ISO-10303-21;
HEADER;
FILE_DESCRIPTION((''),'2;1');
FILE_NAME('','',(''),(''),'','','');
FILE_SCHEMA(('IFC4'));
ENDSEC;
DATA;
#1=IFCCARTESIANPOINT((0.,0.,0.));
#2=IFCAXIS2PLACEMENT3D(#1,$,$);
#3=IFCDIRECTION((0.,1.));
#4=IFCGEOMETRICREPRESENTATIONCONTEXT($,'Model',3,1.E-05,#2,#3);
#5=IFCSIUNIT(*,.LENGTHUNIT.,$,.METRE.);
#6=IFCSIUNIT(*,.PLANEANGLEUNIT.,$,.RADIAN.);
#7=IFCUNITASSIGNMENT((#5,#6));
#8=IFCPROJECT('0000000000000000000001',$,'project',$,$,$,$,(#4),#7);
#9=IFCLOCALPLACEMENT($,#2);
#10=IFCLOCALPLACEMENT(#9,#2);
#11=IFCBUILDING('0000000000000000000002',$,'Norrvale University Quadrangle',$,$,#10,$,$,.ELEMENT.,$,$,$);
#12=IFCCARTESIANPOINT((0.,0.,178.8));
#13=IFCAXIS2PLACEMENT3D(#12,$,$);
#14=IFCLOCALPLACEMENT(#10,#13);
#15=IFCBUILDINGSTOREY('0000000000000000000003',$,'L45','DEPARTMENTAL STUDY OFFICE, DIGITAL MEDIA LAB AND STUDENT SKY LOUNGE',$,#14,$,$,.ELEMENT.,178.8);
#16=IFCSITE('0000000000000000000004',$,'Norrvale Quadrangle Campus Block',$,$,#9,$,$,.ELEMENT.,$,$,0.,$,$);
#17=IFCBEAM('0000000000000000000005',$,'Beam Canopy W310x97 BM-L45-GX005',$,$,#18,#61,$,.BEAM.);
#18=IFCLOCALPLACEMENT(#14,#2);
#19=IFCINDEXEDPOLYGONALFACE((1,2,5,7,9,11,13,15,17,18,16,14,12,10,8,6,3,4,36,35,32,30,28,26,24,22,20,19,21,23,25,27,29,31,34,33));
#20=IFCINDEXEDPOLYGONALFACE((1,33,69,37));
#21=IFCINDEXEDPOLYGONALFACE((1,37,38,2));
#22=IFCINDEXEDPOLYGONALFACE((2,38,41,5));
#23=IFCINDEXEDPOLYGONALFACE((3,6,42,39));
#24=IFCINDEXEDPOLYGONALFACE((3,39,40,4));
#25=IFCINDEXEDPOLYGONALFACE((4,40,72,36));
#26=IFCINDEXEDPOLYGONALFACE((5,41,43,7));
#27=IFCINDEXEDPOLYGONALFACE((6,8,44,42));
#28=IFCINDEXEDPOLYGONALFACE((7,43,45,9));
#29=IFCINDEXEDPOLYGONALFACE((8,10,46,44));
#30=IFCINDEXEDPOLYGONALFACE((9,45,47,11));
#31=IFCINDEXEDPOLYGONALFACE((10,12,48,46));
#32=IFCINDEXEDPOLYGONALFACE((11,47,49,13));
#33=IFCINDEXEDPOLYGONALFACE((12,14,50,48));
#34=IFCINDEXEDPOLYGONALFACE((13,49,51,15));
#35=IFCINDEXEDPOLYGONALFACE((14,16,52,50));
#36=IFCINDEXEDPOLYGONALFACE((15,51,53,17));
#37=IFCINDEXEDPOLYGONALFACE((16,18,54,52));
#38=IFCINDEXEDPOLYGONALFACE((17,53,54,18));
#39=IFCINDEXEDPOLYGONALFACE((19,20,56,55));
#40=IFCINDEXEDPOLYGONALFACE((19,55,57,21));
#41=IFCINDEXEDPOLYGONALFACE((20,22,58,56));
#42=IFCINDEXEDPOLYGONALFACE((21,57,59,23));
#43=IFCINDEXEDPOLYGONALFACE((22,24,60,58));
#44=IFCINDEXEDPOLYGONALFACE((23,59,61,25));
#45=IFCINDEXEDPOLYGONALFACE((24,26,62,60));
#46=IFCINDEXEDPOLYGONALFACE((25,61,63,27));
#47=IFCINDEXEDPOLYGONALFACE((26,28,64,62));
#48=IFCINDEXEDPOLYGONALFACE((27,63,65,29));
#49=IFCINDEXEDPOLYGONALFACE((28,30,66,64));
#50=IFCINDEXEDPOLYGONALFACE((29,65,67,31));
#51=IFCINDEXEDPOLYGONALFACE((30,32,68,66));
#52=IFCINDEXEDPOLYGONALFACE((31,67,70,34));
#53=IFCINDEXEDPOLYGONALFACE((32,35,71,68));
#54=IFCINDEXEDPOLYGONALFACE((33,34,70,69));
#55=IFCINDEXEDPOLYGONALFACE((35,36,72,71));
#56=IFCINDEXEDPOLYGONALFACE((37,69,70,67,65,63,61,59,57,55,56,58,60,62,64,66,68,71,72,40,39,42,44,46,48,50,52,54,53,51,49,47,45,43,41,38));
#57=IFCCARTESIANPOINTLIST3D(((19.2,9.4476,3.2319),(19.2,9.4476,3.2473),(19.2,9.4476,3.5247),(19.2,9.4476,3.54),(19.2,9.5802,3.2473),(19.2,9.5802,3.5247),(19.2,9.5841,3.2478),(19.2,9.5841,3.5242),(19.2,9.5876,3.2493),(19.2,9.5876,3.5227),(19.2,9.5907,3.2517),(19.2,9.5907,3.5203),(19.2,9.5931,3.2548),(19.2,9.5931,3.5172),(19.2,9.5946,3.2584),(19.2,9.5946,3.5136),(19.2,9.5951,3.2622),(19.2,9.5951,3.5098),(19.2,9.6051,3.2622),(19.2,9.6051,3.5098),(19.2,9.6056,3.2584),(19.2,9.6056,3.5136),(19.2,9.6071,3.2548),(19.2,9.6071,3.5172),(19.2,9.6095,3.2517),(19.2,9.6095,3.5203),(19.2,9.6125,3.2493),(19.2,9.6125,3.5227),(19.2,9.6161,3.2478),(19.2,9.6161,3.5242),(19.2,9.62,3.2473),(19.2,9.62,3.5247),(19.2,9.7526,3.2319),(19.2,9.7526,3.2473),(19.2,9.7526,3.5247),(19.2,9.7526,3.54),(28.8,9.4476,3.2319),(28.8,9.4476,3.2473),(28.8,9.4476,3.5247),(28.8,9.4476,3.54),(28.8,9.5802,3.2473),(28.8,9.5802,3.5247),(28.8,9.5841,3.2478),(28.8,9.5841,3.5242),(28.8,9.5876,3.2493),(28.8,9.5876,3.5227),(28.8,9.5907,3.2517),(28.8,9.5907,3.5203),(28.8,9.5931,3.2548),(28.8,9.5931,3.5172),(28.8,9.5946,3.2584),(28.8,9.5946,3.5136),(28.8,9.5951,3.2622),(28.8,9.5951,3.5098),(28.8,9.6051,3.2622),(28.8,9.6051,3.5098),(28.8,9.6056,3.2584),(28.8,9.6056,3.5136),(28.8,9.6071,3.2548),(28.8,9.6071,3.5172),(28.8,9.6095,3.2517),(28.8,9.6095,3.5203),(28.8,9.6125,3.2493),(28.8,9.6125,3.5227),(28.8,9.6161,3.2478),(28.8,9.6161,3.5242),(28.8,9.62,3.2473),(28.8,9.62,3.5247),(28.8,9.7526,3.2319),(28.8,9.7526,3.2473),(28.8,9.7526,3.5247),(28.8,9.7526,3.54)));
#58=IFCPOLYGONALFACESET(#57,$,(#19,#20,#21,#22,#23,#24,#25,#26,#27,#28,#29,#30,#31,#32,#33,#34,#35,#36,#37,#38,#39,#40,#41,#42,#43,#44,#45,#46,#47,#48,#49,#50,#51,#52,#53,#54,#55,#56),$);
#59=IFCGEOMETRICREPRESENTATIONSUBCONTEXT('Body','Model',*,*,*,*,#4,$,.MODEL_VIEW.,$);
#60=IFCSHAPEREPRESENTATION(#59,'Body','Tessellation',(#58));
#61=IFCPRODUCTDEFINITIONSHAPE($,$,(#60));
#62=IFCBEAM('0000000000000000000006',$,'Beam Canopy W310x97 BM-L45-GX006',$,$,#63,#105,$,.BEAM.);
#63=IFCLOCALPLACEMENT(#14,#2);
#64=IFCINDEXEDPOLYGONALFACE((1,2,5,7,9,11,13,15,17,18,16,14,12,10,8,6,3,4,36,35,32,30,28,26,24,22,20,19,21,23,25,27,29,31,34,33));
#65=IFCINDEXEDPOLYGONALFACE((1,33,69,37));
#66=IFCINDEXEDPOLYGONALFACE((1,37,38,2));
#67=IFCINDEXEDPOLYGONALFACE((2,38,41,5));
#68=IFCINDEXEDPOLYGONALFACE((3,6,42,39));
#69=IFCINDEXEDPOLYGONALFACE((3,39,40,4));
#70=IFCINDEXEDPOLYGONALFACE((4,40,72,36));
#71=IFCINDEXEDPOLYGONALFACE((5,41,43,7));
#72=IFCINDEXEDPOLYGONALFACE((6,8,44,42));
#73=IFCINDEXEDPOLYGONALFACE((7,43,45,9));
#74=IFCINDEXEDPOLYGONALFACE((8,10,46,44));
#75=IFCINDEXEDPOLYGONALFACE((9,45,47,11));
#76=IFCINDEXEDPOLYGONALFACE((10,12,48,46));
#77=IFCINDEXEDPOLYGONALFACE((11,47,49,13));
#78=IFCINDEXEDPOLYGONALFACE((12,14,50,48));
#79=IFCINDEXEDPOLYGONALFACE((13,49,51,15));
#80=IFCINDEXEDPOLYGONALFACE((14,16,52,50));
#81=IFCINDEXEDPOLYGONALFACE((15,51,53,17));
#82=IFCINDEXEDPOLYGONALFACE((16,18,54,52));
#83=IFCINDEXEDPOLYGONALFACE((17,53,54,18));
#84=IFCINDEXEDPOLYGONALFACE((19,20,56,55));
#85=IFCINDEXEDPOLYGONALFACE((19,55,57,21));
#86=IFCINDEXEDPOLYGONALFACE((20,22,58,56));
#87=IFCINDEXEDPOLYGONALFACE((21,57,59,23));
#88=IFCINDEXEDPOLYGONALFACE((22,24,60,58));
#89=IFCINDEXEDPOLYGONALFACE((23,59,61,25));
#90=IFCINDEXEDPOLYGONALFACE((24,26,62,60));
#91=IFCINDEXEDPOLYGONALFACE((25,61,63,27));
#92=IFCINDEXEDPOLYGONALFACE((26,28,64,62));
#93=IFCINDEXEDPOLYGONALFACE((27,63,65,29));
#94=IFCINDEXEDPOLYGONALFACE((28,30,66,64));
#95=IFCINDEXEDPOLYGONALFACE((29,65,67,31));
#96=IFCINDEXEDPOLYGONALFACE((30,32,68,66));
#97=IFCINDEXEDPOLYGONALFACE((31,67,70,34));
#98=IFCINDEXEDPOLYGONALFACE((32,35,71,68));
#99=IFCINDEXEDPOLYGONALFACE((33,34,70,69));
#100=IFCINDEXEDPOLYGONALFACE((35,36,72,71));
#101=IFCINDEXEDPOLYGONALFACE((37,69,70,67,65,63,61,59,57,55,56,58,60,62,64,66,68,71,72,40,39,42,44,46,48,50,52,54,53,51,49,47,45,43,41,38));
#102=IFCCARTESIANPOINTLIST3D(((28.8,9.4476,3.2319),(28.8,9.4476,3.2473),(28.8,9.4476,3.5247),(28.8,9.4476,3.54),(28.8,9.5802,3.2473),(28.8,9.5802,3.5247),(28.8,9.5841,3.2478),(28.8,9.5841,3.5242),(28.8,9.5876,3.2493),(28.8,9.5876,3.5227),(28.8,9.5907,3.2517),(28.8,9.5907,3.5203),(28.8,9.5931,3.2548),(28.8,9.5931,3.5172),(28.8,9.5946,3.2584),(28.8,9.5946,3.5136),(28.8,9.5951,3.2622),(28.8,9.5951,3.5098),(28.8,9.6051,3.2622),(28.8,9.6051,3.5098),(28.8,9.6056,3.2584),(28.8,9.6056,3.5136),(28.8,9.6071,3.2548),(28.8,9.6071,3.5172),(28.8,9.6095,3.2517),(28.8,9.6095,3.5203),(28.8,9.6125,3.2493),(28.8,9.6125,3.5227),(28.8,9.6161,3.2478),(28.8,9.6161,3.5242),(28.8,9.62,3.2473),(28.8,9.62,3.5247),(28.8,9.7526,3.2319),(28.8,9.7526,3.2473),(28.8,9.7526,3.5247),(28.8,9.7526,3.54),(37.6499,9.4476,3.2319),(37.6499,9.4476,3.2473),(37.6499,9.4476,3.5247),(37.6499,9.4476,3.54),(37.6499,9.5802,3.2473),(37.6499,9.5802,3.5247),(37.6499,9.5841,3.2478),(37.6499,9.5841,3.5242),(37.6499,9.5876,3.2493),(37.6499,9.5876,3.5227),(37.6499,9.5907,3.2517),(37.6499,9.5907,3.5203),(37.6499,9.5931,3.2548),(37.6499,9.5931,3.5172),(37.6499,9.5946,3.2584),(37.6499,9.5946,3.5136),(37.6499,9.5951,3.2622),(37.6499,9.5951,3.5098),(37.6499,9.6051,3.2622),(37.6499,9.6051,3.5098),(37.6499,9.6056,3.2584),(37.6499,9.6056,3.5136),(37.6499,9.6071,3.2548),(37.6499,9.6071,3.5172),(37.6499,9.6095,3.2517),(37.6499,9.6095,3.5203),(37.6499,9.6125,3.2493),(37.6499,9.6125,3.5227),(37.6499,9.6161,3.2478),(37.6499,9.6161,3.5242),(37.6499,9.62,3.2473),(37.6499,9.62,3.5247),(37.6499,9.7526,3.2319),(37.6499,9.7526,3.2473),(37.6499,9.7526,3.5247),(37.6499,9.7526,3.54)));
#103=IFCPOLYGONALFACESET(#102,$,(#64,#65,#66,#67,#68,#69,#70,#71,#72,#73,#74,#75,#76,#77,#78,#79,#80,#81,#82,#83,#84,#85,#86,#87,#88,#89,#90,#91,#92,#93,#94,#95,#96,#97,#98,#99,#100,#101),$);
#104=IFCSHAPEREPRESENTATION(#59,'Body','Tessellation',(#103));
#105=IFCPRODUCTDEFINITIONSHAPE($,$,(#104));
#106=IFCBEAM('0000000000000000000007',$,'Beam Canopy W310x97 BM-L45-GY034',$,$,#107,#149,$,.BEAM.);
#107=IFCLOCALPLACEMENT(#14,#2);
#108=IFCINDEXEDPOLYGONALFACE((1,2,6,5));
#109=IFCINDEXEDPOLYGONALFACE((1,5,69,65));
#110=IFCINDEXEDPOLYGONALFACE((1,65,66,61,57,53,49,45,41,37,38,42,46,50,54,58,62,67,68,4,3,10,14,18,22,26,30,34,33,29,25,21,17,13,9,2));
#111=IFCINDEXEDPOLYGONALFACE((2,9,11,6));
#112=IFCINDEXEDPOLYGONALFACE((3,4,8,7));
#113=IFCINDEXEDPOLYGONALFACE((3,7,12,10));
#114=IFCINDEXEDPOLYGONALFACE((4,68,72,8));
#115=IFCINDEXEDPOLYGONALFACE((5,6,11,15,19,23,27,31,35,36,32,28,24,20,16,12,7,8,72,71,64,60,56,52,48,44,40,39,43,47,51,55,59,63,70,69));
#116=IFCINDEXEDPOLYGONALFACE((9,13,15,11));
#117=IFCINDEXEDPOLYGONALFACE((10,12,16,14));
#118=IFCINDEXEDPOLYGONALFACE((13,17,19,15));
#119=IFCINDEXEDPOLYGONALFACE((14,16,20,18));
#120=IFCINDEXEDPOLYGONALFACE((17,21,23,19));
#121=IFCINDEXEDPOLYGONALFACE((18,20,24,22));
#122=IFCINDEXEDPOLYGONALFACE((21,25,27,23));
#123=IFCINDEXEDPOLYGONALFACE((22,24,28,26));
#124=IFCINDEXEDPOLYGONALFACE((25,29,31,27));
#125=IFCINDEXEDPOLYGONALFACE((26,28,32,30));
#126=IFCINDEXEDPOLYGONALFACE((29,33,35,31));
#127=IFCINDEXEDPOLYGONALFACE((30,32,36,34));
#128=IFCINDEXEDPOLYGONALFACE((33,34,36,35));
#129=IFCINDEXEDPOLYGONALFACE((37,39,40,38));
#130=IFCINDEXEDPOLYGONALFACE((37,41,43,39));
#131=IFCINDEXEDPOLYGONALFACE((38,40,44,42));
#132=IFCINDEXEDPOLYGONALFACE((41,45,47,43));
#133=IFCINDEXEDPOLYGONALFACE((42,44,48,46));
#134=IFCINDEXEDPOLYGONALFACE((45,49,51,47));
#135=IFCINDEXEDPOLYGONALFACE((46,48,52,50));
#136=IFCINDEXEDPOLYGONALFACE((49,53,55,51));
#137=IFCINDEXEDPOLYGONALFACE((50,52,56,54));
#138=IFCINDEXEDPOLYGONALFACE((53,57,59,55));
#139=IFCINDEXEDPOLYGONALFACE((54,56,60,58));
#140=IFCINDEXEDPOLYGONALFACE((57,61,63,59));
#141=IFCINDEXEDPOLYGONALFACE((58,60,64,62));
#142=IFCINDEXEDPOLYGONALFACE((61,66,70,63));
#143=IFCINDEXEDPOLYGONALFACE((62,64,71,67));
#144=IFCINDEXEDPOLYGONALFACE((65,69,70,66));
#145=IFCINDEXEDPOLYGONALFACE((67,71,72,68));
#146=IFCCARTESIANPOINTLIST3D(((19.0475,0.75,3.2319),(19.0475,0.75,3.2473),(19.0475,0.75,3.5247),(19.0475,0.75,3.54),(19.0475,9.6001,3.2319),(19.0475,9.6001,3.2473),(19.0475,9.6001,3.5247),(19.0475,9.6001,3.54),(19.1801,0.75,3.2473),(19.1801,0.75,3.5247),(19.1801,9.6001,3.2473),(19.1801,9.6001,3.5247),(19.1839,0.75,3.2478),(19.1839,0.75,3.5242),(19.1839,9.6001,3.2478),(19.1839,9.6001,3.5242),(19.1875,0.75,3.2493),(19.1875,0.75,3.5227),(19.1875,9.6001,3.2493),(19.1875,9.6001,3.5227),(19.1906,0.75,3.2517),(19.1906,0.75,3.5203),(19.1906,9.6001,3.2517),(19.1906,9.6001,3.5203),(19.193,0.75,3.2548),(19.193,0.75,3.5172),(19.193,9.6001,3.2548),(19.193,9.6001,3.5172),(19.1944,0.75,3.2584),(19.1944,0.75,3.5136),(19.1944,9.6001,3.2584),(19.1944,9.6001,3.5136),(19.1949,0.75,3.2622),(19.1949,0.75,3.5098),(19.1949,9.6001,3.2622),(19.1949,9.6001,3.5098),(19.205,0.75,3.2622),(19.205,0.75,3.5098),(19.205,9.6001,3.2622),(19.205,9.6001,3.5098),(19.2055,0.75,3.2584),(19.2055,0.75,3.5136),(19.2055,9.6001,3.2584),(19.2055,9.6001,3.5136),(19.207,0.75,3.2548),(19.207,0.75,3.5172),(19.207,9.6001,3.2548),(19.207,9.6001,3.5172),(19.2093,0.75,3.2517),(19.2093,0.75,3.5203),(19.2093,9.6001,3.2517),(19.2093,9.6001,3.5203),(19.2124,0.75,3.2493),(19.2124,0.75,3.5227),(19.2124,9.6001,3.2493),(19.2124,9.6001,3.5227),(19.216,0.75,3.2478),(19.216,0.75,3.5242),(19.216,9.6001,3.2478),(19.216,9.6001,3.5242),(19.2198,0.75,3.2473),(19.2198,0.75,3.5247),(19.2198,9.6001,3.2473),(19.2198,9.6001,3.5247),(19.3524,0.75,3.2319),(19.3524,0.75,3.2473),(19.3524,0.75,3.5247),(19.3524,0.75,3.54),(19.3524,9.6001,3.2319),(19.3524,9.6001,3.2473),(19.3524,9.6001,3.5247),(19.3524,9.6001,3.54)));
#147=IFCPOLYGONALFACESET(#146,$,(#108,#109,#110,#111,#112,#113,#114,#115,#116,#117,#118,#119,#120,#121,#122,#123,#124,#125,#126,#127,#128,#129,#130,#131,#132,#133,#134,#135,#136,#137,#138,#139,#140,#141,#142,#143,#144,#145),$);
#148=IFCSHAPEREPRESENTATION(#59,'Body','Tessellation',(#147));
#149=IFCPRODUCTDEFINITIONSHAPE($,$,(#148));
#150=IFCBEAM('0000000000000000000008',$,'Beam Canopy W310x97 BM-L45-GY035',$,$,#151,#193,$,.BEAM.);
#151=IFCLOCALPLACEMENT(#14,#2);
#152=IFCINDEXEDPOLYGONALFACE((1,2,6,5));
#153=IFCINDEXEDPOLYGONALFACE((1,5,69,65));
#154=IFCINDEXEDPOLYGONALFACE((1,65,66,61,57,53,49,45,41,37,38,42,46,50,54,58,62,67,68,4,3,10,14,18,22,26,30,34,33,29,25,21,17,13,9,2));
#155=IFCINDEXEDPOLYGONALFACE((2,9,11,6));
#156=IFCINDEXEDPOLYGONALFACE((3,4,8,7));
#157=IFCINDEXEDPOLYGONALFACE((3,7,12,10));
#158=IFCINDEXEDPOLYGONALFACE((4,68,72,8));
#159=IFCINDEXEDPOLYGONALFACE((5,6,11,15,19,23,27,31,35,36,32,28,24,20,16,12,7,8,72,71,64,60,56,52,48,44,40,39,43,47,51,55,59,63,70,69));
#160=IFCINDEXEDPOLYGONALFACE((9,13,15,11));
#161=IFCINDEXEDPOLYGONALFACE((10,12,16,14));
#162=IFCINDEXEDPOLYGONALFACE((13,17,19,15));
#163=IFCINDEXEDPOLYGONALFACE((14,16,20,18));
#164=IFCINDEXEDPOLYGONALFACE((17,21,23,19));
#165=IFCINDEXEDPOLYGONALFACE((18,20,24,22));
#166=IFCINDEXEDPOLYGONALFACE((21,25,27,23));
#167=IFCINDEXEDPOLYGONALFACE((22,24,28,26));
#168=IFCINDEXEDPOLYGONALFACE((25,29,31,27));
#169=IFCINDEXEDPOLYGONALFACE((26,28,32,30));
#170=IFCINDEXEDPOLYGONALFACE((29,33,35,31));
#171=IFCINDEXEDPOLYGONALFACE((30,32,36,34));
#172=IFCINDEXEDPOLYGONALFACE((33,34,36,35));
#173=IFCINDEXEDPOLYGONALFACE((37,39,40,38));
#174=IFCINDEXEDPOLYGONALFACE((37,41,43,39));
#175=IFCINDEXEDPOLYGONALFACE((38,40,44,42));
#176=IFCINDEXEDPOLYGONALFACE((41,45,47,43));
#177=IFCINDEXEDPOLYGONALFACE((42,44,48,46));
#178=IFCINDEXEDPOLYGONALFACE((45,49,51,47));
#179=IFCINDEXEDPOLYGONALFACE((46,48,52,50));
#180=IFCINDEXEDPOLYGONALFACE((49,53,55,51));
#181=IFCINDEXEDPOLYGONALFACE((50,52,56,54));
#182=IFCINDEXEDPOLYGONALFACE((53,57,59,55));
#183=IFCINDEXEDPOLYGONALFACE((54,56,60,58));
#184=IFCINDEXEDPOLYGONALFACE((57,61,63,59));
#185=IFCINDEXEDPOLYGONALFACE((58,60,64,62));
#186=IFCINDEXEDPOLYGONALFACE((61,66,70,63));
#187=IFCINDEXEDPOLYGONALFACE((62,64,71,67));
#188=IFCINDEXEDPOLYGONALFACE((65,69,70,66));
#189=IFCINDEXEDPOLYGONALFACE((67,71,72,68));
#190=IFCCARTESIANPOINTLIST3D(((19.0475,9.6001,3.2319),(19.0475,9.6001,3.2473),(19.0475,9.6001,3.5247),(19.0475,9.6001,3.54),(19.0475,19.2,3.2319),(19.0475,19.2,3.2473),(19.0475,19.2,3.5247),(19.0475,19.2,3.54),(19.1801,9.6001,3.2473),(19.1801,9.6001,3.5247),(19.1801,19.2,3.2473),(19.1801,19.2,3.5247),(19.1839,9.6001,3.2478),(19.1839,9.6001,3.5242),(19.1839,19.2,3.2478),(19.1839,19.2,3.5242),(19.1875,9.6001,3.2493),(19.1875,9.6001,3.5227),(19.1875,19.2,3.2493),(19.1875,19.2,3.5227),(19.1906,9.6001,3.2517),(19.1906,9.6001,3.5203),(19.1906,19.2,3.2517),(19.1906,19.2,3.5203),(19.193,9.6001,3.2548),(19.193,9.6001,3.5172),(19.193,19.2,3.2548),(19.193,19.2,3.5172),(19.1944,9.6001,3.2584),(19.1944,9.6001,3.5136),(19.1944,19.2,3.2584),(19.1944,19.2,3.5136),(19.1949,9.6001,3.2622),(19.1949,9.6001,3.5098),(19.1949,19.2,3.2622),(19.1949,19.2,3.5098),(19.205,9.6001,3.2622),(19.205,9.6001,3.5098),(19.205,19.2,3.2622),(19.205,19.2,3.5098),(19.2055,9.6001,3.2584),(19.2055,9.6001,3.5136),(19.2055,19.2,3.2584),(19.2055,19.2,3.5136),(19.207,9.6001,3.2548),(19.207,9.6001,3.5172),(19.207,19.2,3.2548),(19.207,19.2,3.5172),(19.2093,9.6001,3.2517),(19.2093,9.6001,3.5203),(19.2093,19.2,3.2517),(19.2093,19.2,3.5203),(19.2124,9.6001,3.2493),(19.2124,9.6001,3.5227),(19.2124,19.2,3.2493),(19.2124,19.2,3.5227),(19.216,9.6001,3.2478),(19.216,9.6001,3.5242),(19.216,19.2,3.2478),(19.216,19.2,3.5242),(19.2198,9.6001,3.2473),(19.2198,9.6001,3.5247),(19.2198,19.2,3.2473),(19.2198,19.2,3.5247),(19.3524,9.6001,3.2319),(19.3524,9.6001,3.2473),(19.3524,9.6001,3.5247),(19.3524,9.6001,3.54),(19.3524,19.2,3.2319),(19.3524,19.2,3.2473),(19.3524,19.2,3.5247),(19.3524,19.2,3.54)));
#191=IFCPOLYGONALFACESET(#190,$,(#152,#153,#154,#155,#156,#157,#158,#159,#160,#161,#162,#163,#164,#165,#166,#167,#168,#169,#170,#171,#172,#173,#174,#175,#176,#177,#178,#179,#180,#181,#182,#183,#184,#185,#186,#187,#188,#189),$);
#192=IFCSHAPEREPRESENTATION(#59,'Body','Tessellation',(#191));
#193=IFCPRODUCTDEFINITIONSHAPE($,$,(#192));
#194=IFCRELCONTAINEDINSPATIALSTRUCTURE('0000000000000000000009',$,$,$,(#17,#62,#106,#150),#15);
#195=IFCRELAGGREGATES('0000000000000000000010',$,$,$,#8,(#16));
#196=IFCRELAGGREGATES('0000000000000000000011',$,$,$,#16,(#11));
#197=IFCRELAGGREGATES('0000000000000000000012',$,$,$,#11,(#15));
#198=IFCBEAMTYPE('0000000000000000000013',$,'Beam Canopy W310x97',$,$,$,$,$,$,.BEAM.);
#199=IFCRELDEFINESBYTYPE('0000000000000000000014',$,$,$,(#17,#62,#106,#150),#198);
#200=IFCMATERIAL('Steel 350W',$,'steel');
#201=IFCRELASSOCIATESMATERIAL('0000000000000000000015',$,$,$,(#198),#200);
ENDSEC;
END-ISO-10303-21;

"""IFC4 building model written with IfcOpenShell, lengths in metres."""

from ifc_helpers import new_model, si_unit, direction, frame, origin, origin_2d, place, context, subcontext, project, spatial, i_section, extrude, material, material_profile, profile_set, type_object, element, save


model = new_model("IFC4")

# Units and contexts
model_context = context("Model", 3, precision=1e-05, world=origin(), true_north=direction((0.0, 1.0)))
body_context = subcontext(model_context, "Body", "Model", "MODEL_VIEW")
ifc_project = project(units=[si_unit("LENGTHUNIT", "METRE"), si_unit("PLANEANGLEUNIT", "RADIAN")], contexts=[model_context])

# Site, building, storey
site_placement = place(None, origin())
site = spatial("IfcSite", under=ifc_project, at=site_placement, Name="Norrvale Quadrangle Campus Block", CompositionType="ELEMENT", RefElevation=0.0)
building_placement = place(site_placement, origin())
building = spatial("IfcBuilding", under=site, at=building_placement, Name="Norrvale University Quadrangle", CompositionType="ELEMENT")
storey_placement = place(building_placement, frame((0.0, 0.0, 178.8)))
storey = spatial("IfcBuildingStorey", under=building, at=storey_placement, Name="L45", Description="DEPARTMENTAL STUDY OFFICE, DIGITAL MEDIA LAB AND STUDENT SKY LOUNGE", CompositionType="ELEMENT", Elevation=178.8)

# Beams
ifc_material_1 = material(Name="Steel 350W", Category="steel")
ifc_material_profile_1 = material_profile(ifc_material_1, i_section(OverallWidth=0.3049, OverallDepth=0.3081, WebThickness=0.01, FlangeThickness=0.0154, FilletRadius=0.0149, at=origin_2d()), Name="Steel 350W")
ifc_profile_set_1 = profile_set([ifc_material_profile_1], Name="Steel 350W")
beam_type_1 = type_object("IfcBeamType", Name="Beam Canopy W310x97", PredefinedType="BEAM", material=ifc_profile_set_1)
beam_1_placement = place(storey_placement, frame((19.2, 9.6001, 3.386), z_axis=(1.0, 0.0, 0.0), x_axis=(0.0, 1.0, 0.0)))
element("IfcBeam", 1, at=beam_1_placement, inside=storey, type_object=beam_type_1, Name="Beam Canopy W310x97 BM-L45-GX005", PredefinedType="BEAM", context=body_context, shape_type="SweptSolid", body=[
    extrude(i_section(OverallWidth=0.3049, OverallDepth=0.3081, WebThickness=0.01, FlangeThickness=0.0154, FilletRadius=0.0149, at=origin_2d()), origin(), (0.0, 0.0, 1.0), 9.6001),
])
beam_2_placement = place(storey_placement, frame((28.8, 9.6001, 3.386), z_axis=(1.0, 0.0, 0.0), x_axis=(0.0, 1.0, 0.0)))
element("IfcBeam", 2, at=beam_2_placement, inside=storey, type_object=beam_type_1, Name="Beam Canopy W310x97 BM-L45-GX006", PredefinedType="BEAM", context=body_context, shape_type="SweptSolid", body=[
    extrude(i_section(OverallWidth=0.3049, OverallDepth=0.3081, WebThickness=0.01, FlangeThickness=0.0154, FilletRadius=0.0149, at=origin_2d()), origin(), (0.0, 0.0, 1.0), 8.8499),
])
beam_3_placement = place(storey_placement, frame((19.2, 0.75, 3.386), z_axis=(0.0, 1.0, 0.0), x_axis=(-1.0, 0.0, 0.0)))
element("IfcBeam", 3, at=beam_3_placement, inside=storey, type_object=beam_type_1, Name="Beam Canopy W310x97 BM-L45-GY034", PredefinedType="BEAM", context=body_context, shape_type="SweptSolid", body=[
    extrude(i_section(OverallWidth=0.3049, OverallDepth=0.3081, WebThickness=0.01, FlangeThickness=0.0154, FilletRadius=0.0149, at=origin_2d()), origin(), (0.0, 0.0, 1.0), 8.8501),
])
beam_4_placement = place(storey_placement, frame((19.2, 9.6001, 3.386), z_axis=(0.0, 1.0, 0.0), x_axis=(-1.0, 0.0, 0.0)))
element("IfcBeam", 4, at=beam_4_placement, inside=storey, type_object=beam_type_1, Name="Beam Canopy W310x97 BM-L45-GY035", PredefinedType="BEAM", context=body_context, shape_type="SweptSolid", body=[
    extrude(i_section(OverallWidth=0.3049, OverallDepth=0.3081, WebThickness=0.01, FlangeThickness=0.0154, FilletRadius=0.0149, at=origin_2d()), origin(), (0.0, 0.0, 1.0), 9.5999),
])

save(model, "model.ifc")
